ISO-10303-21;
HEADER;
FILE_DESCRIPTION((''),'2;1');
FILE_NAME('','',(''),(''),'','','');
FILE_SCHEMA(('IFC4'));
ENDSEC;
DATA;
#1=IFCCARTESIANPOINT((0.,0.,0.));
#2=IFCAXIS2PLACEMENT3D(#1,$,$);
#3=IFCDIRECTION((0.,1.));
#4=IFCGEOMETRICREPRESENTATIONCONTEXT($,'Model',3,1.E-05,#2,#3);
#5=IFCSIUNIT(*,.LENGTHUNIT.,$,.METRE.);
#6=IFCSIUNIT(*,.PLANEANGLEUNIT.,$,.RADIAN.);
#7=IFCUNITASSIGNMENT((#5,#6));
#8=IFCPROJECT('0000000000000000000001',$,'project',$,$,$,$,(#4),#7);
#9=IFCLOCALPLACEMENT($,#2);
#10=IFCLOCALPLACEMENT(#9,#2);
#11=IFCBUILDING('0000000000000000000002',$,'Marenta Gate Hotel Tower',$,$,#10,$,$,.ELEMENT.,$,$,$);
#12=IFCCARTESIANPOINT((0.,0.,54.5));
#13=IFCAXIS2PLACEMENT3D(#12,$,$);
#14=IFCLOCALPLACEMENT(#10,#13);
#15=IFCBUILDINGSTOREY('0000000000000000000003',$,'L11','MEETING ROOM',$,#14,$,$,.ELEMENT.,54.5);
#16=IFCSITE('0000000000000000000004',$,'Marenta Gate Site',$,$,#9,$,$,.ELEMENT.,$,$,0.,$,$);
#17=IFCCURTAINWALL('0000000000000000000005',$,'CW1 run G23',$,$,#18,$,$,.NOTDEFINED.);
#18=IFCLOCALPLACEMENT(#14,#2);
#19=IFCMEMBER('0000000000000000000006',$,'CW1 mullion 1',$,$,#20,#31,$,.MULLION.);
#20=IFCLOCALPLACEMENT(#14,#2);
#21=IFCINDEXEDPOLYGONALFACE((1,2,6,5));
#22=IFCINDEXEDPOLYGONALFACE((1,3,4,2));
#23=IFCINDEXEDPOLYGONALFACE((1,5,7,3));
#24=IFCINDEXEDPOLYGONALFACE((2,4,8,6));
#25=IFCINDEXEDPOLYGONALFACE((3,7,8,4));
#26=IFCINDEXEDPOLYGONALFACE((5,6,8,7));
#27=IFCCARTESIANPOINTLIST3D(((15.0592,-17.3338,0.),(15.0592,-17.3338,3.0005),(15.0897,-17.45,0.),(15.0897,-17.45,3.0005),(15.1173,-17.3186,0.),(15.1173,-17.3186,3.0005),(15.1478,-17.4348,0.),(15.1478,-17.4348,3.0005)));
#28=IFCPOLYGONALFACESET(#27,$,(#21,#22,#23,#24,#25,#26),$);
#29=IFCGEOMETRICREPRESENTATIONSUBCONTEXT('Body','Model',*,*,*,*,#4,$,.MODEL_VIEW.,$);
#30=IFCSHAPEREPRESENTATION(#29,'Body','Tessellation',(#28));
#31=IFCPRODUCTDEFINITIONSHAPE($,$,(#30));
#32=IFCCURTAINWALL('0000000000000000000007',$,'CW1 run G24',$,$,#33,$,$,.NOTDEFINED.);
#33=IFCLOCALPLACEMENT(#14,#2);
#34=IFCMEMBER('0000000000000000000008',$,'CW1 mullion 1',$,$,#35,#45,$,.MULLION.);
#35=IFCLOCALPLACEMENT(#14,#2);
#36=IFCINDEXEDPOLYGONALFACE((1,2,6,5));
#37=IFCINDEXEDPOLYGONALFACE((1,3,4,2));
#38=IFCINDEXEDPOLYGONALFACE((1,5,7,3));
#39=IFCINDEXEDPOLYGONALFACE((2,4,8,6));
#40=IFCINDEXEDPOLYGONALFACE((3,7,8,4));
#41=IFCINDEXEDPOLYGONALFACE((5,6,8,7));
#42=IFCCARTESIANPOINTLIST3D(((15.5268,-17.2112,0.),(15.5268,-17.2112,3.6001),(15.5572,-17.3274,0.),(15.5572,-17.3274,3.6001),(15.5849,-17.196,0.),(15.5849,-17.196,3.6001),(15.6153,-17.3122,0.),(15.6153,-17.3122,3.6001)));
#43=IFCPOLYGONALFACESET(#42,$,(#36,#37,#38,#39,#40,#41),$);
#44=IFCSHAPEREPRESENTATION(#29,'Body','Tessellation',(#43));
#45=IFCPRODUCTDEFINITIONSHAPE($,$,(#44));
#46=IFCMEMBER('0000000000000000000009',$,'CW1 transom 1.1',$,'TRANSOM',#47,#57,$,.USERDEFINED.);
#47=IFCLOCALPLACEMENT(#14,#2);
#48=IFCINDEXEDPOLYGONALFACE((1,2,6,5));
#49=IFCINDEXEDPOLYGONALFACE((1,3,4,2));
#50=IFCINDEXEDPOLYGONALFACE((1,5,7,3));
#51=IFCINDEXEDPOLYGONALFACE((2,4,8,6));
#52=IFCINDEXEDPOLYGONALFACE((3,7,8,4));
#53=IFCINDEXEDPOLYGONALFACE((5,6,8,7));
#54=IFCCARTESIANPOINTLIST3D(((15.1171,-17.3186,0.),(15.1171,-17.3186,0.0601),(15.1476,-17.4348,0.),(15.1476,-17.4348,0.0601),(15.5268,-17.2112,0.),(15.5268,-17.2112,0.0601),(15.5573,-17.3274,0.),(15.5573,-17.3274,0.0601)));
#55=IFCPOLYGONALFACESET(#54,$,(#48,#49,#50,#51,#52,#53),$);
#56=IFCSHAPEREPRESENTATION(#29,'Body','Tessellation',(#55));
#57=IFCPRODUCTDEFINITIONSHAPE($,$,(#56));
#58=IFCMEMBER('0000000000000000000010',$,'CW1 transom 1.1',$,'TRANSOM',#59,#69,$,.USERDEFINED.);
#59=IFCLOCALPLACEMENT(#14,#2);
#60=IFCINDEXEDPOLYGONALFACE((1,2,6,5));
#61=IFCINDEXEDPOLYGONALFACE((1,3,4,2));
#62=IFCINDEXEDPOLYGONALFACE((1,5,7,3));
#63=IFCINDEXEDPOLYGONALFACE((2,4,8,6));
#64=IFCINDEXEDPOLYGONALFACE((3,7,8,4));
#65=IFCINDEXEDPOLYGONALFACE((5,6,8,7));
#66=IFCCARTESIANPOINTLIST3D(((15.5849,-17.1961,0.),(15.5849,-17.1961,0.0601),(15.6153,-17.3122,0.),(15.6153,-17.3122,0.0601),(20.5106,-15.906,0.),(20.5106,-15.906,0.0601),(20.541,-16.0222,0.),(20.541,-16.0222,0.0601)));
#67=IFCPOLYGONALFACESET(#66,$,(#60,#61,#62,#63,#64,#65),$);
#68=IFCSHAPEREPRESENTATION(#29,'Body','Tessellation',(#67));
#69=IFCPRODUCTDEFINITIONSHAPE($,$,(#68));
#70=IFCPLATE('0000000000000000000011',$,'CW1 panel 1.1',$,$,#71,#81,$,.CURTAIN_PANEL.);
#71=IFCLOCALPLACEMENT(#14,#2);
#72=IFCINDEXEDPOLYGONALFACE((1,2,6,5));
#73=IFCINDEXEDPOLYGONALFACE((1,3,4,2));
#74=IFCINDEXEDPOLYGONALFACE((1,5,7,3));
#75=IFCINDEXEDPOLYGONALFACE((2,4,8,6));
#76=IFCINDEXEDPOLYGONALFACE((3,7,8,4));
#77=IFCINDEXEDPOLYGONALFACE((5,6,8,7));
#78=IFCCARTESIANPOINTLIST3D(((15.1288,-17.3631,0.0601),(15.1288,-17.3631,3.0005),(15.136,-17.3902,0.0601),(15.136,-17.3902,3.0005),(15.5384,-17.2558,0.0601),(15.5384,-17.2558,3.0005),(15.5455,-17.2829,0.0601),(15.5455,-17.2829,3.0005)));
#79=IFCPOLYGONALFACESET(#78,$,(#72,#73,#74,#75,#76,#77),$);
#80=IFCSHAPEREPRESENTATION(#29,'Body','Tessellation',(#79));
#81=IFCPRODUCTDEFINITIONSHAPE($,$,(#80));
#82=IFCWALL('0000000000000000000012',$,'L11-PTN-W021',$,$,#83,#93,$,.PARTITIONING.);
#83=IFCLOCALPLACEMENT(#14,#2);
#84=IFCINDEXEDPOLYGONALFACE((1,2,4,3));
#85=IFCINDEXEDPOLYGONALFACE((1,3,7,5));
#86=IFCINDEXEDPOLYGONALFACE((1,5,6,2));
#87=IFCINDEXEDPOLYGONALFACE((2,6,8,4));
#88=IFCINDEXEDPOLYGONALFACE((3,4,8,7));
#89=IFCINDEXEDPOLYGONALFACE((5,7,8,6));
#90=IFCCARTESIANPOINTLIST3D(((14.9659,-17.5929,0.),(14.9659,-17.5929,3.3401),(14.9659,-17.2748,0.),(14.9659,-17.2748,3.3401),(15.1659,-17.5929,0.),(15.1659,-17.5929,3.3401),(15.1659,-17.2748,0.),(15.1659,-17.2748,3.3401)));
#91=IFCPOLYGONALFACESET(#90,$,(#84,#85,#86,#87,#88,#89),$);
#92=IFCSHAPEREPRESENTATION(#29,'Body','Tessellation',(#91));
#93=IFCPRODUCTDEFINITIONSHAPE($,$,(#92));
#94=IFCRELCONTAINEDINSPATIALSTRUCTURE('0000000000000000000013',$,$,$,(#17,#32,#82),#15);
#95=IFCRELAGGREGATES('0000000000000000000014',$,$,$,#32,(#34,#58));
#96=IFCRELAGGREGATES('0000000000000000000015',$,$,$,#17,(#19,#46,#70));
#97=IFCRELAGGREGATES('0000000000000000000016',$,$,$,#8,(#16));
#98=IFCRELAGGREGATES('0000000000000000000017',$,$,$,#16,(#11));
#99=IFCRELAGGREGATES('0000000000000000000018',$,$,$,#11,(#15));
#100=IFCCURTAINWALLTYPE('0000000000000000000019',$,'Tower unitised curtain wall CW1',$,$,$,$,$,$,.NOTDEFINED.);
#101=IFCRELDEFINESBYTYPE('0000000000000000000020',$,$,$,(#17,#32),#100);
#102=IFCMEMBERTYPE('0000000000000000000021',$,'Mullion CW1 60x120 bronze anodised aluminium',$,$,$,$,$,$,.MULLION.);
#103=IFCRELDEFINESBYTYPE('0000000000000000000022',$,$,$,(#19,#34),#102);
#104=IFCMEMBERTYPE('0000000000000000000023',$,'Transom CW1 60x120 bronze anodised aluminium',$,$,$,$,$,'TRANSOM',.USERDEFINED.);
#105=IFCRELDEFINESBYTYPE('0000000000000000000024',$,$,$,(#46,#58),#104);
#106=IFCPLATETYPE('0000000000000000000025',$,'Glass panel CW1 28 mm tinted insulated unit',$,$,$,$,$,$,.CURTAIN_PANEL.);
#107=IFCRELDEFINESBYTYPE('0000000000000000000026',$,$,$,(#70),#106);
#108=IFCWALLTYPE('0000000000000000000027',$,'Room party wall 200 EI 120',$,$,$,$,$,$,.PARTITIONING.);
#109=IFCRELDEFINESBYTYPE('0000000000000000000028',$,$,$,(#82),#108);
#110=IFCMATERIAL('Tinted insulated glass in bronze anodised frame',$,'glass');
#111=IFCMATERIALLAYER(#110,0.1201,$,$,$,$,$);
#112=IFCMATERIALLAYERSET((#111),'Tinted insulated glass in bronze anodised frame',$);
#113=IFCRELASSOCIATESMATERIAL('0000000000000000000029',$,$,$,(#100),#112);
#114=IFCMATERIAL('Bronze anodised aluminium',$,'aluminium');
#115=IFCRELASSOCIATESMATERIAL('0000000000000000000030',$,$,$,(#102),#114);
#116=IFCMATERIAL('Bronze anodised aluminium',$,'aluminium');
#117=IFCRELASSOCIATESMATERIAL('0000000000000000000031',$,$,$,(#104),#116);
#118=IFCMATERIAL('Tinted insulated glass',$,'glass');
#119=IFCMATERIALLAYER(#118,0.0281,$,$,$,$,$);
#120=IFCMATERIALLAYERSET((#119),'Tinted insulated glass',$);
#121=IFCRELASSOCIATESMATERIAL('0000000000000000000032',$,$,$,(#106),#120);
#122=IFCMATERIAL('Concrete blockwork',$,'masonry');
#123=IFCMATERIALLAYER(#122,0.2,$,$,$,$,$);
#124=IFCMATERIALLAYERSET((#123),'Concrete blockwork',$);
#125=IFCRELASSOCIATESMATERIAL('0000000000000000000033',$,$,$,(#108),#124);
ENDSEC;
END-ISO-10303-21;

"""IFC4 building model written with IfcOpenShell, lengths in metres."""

from ifc_helpers import new_model, si_unit, direction, frame, frame_2d, origin, origin_2d, place, context, subcontext, project, spatial, rectangle, extrude, material, layer, layer_set, material_profile, profile_set, type_object, element, aggregate, save


model = new_model("IFC4")

# Units and contexts
model_context = context("Model", 3, precision=1e-05, world=origin(), true_north=direction((0.0, 1.0)))
body_context = subcontext(model_context, "Body", "Model", "MODEL_VIEW")
ifc_project = project(units=[si_unit("LENGTHUNIT", "METRE"), si_unit("PLANEANGLEUNIT", "RADIAN")], contexts=[model_context])

# Site, building, storey
site_placement = place(None, origin())
site = spatial("IfcSite", under=ifc_project, at=site_placement, Name="Marenta Gate Site", CompositionType="ELEMENT", RefElevation=0.0)
building_placement = place(site_placement, origin())
building = spatial("IfcBuilding", under=site, at=building_placement, Name="Marenta Gate Hotel Tower", CompositionType="ELEMENT")
storey_placement = place(building_placement, frame((0.0, 0.0, 54.5)))
storey = spatial("IfcBuildingStorey", under=building, at=storey_placement, Name="L11", Description="MEETING ROOM", CompositionType="ELEMENT", Elevation=54.5)

# Curtain walls, members
ifc_material_1 = material(Name="Tinted insulated glass in bronze anodised frame", Category="glass")
ifc_layer_1 = layer(ifc_material_1, 0.1201)
ifc_layer_set_1 = layer_set([ifc_layer_1], Name="Tinted insulated glass in bronze anodised frame")
curtain_wall_type = type_object("IfcCurtainWallType", Name="Tower unitised curtain wall CW1", PredefinedType="NOTDEFINED", material=ifc_layer_set_1)
curtain_wall_1_placement = place(storey_placement, origin())
curtain_wall_1 = element("IfcCurtainWall", 1, at=curtain_wall_1_placement, inside=storey, type_object=curtain_wall_type, Name="CW1 run G23", PredefinedType="NOTDEFINED")
ifc_material_2 = material(Name="Bronze anodised aluminium", Category="aluminium")
ifc_material_profile_1 = material_profile(ifc_material_2, rectangle(XDim=0.1201, YDim=0.0601, at=origin_2d()), Name="Mullion CW1 60x120 bronze anodised aluminium")
ifc_profile_set_1 = profile_set([ifc_material_profile_1], Name="Bronze anodised aluminium")
member_type_1 = type_object("IfcMemberType", Name="Mullion CW1 60x120 bronze anodised aluminium", PredefinedType="MULLION", material=ifc_profile_set_1)
member_1_placement = place(storey_placement, frame((15.1035, -17.3843, 0.0), z_axis=(0.0, 0.0, 1.0), x_axis=(-0.253424, 0.967355, 0.0)))
member_1 = element("IfcMember", 2, at=member_1_placement, type_object=member_type_1, Name="CW1 mullion 1", PredefinedType="MULLION", context=body_context, shape_type="SweptSolid", body=[
    extrude(rectangle(XDim=0.1201, YDim=0.0601, at=origin_2d()), origin(), (0.0, 0.0, 1.0), 3.0005),
])
curtain_wall_2_placement = place(storey_placement, origin())
curtain_wall_2 = element("IfcCurtainWall", 3, at=curtain_wall_2_placement, inside=storey, type_object=curtain_wall_type, Name="CW1 run G24", PredefinedType="NOTDEFINED")
member_2_placement = place(storey_placement, frame((15.571, -17.2617, 0.0), z_axis=(0.0, 0.0, 1.0), x_axis=(-0.253364, 0.967371, 0.0)))
member_2 = element("IfcMember", 4, at=member_2_placement, type_object=member_type_1, Name="CW1 mullion 1", PredefinedType="MULLION", context=body_context, shape_type="SweptSolid", body=[
    extrude(rectangle(XDim=0.1201, YDim=0.0601, at=origin_2d()), origin(), (0.0, 0.0, 1.0), 3.6001),
])

# Members
ifc_material_3 = material(Name="Bronze anodised aluminium", Category="aluminium")
ifc_material_profile_2 = material_profile(ifc_material_3, rectangle(XDim=0.1201, YDim=0.0601, at=origin_2d()), Name="Transom CW1 60x120 bronze anodised aluminium")
ifc_profile_set_2 = profile_set([ifc_material_profile_2], Name="Bronze anodised aluminium")
member_type_2 = type_object("IfcMemberType", Name="Transom CW1 60x120 bronze anodised aluminium", ElementType="TRANSOM", PredefinedType="USERDEFINED", material=ifc_profile_set_2)
member_3_placement = place(storey_placement, frame((15.1323, -17.3767, 0.03), z_axis=(0.967298, 0.253642, 0.0), x_axis=(-0.253642, 0.967298, 0.0)))
member_3 = element("IfcMember", 5, at=member_3_placement, type_object=member_type_2, Name="CW1 transom 1.1", ObjectType="TRANSOM", PredefinedType="USERDEFINED", context=body_context, shape_type="SweptSolid", body=[
    extrude(rectangle(XDim=0.1201, YDim=0.0601, at=origin_2d()), origin(), (0.0, 0.0, 1.0), 0.4236),
])
member_4_placement = place(storey_placement, frame((15.6001, -17.2542, 0.03), z_axis=(0.967374, 0.253351, 0.0), x_axis=(-0.253351, 0.967374, 0.0)))
member_4 = element("IfcMember", 6, at=member_4_placement, type_object=member_type_2, Name="CW1 transom 1.1", ObjectType="TRANSOM", PredefinedType="USERDEFINED", context=body_context, shape_type="SweptSolid", body=[
    extrude(rectangle(XDim=0.1201, YDim=0.0601, at=origin_2d()), origin(), (0.0, 0.0, 1.0), 5.0918),
])
aggregate(curtain_wall_2, [member_2, member_4])

# Plate
ifc_material_4 = material(Name="Tinted insulated glass", Category="glass")
ifc_layer_2 = layer(ifc_material_4, 0.0281)
ifc_layer_set_2 = layer_set([ifc_layer_2], Name="Tinted insulated glass")
plate_type = type_object("IfcPlateType", Name="Glass panel CW1 28 mm tinted insulated unit", PredefinedType="CURTAIN_PANEL", material=ifc_layer_set_2)
plate_placement = place(storey_placement, frame((15.3372, -17.323, 0.0601), z_axis=(0.0, 0.0, 1.0), x_axis=(0.967355, 0.253424, 0.0)))
plate = element("IfcPlate", 7, at=plate_placement, type_object=plate_type, Name="CW1 panel 1.1", PredefinedType="CURTAIN_PANEL", context=body_context, shape_type="SweptSolid", body=[
    extrude(rectangle(XDim=0.4233, YDim=0.0281, at=origin_2d()), origin(), (0.0, 0.0, 1.0), 2.9404),
])
aggregate(curtain_wall_1, [member_1, member_3, plate])

# Wall
ifc_material_5 = material(Name="Concrete blockwork", Category="masonry")
ifc_layer_3 = layer(ifc_material_5, 0.2)
ifc_layer_set_3 = layer_set([ifc_layer_3], Name="Concrete blockwork")
wall_type = type_object("IfcWallType", Name="Room party wall 200 EI 120", PredefinedType="PARTITIONING", material=ifc_layer_set_3)
wall_placement = place(storey_placement, frame((15.0659, -17.593, 0.0), z_axis=(0.0, 0.0, 1.0), x_axis=(0.0, 1.0, 0.0)))
element("IfcWall", 8, at=wall_placement, inside=storey, type_object=wall_type, Name="L11-PTN-W021", PredefinedType="PARTITIONING", context=body_context, shape_type="SweptSolid", body=[
    extrude(rectangle(XDim=0.3181, YDim=0.2, at=frame_2d((0.1592, 0.0))), origin(), (0.0, 0.0, 1.0), 3.3401),
])

save(model, "model.ifc")
